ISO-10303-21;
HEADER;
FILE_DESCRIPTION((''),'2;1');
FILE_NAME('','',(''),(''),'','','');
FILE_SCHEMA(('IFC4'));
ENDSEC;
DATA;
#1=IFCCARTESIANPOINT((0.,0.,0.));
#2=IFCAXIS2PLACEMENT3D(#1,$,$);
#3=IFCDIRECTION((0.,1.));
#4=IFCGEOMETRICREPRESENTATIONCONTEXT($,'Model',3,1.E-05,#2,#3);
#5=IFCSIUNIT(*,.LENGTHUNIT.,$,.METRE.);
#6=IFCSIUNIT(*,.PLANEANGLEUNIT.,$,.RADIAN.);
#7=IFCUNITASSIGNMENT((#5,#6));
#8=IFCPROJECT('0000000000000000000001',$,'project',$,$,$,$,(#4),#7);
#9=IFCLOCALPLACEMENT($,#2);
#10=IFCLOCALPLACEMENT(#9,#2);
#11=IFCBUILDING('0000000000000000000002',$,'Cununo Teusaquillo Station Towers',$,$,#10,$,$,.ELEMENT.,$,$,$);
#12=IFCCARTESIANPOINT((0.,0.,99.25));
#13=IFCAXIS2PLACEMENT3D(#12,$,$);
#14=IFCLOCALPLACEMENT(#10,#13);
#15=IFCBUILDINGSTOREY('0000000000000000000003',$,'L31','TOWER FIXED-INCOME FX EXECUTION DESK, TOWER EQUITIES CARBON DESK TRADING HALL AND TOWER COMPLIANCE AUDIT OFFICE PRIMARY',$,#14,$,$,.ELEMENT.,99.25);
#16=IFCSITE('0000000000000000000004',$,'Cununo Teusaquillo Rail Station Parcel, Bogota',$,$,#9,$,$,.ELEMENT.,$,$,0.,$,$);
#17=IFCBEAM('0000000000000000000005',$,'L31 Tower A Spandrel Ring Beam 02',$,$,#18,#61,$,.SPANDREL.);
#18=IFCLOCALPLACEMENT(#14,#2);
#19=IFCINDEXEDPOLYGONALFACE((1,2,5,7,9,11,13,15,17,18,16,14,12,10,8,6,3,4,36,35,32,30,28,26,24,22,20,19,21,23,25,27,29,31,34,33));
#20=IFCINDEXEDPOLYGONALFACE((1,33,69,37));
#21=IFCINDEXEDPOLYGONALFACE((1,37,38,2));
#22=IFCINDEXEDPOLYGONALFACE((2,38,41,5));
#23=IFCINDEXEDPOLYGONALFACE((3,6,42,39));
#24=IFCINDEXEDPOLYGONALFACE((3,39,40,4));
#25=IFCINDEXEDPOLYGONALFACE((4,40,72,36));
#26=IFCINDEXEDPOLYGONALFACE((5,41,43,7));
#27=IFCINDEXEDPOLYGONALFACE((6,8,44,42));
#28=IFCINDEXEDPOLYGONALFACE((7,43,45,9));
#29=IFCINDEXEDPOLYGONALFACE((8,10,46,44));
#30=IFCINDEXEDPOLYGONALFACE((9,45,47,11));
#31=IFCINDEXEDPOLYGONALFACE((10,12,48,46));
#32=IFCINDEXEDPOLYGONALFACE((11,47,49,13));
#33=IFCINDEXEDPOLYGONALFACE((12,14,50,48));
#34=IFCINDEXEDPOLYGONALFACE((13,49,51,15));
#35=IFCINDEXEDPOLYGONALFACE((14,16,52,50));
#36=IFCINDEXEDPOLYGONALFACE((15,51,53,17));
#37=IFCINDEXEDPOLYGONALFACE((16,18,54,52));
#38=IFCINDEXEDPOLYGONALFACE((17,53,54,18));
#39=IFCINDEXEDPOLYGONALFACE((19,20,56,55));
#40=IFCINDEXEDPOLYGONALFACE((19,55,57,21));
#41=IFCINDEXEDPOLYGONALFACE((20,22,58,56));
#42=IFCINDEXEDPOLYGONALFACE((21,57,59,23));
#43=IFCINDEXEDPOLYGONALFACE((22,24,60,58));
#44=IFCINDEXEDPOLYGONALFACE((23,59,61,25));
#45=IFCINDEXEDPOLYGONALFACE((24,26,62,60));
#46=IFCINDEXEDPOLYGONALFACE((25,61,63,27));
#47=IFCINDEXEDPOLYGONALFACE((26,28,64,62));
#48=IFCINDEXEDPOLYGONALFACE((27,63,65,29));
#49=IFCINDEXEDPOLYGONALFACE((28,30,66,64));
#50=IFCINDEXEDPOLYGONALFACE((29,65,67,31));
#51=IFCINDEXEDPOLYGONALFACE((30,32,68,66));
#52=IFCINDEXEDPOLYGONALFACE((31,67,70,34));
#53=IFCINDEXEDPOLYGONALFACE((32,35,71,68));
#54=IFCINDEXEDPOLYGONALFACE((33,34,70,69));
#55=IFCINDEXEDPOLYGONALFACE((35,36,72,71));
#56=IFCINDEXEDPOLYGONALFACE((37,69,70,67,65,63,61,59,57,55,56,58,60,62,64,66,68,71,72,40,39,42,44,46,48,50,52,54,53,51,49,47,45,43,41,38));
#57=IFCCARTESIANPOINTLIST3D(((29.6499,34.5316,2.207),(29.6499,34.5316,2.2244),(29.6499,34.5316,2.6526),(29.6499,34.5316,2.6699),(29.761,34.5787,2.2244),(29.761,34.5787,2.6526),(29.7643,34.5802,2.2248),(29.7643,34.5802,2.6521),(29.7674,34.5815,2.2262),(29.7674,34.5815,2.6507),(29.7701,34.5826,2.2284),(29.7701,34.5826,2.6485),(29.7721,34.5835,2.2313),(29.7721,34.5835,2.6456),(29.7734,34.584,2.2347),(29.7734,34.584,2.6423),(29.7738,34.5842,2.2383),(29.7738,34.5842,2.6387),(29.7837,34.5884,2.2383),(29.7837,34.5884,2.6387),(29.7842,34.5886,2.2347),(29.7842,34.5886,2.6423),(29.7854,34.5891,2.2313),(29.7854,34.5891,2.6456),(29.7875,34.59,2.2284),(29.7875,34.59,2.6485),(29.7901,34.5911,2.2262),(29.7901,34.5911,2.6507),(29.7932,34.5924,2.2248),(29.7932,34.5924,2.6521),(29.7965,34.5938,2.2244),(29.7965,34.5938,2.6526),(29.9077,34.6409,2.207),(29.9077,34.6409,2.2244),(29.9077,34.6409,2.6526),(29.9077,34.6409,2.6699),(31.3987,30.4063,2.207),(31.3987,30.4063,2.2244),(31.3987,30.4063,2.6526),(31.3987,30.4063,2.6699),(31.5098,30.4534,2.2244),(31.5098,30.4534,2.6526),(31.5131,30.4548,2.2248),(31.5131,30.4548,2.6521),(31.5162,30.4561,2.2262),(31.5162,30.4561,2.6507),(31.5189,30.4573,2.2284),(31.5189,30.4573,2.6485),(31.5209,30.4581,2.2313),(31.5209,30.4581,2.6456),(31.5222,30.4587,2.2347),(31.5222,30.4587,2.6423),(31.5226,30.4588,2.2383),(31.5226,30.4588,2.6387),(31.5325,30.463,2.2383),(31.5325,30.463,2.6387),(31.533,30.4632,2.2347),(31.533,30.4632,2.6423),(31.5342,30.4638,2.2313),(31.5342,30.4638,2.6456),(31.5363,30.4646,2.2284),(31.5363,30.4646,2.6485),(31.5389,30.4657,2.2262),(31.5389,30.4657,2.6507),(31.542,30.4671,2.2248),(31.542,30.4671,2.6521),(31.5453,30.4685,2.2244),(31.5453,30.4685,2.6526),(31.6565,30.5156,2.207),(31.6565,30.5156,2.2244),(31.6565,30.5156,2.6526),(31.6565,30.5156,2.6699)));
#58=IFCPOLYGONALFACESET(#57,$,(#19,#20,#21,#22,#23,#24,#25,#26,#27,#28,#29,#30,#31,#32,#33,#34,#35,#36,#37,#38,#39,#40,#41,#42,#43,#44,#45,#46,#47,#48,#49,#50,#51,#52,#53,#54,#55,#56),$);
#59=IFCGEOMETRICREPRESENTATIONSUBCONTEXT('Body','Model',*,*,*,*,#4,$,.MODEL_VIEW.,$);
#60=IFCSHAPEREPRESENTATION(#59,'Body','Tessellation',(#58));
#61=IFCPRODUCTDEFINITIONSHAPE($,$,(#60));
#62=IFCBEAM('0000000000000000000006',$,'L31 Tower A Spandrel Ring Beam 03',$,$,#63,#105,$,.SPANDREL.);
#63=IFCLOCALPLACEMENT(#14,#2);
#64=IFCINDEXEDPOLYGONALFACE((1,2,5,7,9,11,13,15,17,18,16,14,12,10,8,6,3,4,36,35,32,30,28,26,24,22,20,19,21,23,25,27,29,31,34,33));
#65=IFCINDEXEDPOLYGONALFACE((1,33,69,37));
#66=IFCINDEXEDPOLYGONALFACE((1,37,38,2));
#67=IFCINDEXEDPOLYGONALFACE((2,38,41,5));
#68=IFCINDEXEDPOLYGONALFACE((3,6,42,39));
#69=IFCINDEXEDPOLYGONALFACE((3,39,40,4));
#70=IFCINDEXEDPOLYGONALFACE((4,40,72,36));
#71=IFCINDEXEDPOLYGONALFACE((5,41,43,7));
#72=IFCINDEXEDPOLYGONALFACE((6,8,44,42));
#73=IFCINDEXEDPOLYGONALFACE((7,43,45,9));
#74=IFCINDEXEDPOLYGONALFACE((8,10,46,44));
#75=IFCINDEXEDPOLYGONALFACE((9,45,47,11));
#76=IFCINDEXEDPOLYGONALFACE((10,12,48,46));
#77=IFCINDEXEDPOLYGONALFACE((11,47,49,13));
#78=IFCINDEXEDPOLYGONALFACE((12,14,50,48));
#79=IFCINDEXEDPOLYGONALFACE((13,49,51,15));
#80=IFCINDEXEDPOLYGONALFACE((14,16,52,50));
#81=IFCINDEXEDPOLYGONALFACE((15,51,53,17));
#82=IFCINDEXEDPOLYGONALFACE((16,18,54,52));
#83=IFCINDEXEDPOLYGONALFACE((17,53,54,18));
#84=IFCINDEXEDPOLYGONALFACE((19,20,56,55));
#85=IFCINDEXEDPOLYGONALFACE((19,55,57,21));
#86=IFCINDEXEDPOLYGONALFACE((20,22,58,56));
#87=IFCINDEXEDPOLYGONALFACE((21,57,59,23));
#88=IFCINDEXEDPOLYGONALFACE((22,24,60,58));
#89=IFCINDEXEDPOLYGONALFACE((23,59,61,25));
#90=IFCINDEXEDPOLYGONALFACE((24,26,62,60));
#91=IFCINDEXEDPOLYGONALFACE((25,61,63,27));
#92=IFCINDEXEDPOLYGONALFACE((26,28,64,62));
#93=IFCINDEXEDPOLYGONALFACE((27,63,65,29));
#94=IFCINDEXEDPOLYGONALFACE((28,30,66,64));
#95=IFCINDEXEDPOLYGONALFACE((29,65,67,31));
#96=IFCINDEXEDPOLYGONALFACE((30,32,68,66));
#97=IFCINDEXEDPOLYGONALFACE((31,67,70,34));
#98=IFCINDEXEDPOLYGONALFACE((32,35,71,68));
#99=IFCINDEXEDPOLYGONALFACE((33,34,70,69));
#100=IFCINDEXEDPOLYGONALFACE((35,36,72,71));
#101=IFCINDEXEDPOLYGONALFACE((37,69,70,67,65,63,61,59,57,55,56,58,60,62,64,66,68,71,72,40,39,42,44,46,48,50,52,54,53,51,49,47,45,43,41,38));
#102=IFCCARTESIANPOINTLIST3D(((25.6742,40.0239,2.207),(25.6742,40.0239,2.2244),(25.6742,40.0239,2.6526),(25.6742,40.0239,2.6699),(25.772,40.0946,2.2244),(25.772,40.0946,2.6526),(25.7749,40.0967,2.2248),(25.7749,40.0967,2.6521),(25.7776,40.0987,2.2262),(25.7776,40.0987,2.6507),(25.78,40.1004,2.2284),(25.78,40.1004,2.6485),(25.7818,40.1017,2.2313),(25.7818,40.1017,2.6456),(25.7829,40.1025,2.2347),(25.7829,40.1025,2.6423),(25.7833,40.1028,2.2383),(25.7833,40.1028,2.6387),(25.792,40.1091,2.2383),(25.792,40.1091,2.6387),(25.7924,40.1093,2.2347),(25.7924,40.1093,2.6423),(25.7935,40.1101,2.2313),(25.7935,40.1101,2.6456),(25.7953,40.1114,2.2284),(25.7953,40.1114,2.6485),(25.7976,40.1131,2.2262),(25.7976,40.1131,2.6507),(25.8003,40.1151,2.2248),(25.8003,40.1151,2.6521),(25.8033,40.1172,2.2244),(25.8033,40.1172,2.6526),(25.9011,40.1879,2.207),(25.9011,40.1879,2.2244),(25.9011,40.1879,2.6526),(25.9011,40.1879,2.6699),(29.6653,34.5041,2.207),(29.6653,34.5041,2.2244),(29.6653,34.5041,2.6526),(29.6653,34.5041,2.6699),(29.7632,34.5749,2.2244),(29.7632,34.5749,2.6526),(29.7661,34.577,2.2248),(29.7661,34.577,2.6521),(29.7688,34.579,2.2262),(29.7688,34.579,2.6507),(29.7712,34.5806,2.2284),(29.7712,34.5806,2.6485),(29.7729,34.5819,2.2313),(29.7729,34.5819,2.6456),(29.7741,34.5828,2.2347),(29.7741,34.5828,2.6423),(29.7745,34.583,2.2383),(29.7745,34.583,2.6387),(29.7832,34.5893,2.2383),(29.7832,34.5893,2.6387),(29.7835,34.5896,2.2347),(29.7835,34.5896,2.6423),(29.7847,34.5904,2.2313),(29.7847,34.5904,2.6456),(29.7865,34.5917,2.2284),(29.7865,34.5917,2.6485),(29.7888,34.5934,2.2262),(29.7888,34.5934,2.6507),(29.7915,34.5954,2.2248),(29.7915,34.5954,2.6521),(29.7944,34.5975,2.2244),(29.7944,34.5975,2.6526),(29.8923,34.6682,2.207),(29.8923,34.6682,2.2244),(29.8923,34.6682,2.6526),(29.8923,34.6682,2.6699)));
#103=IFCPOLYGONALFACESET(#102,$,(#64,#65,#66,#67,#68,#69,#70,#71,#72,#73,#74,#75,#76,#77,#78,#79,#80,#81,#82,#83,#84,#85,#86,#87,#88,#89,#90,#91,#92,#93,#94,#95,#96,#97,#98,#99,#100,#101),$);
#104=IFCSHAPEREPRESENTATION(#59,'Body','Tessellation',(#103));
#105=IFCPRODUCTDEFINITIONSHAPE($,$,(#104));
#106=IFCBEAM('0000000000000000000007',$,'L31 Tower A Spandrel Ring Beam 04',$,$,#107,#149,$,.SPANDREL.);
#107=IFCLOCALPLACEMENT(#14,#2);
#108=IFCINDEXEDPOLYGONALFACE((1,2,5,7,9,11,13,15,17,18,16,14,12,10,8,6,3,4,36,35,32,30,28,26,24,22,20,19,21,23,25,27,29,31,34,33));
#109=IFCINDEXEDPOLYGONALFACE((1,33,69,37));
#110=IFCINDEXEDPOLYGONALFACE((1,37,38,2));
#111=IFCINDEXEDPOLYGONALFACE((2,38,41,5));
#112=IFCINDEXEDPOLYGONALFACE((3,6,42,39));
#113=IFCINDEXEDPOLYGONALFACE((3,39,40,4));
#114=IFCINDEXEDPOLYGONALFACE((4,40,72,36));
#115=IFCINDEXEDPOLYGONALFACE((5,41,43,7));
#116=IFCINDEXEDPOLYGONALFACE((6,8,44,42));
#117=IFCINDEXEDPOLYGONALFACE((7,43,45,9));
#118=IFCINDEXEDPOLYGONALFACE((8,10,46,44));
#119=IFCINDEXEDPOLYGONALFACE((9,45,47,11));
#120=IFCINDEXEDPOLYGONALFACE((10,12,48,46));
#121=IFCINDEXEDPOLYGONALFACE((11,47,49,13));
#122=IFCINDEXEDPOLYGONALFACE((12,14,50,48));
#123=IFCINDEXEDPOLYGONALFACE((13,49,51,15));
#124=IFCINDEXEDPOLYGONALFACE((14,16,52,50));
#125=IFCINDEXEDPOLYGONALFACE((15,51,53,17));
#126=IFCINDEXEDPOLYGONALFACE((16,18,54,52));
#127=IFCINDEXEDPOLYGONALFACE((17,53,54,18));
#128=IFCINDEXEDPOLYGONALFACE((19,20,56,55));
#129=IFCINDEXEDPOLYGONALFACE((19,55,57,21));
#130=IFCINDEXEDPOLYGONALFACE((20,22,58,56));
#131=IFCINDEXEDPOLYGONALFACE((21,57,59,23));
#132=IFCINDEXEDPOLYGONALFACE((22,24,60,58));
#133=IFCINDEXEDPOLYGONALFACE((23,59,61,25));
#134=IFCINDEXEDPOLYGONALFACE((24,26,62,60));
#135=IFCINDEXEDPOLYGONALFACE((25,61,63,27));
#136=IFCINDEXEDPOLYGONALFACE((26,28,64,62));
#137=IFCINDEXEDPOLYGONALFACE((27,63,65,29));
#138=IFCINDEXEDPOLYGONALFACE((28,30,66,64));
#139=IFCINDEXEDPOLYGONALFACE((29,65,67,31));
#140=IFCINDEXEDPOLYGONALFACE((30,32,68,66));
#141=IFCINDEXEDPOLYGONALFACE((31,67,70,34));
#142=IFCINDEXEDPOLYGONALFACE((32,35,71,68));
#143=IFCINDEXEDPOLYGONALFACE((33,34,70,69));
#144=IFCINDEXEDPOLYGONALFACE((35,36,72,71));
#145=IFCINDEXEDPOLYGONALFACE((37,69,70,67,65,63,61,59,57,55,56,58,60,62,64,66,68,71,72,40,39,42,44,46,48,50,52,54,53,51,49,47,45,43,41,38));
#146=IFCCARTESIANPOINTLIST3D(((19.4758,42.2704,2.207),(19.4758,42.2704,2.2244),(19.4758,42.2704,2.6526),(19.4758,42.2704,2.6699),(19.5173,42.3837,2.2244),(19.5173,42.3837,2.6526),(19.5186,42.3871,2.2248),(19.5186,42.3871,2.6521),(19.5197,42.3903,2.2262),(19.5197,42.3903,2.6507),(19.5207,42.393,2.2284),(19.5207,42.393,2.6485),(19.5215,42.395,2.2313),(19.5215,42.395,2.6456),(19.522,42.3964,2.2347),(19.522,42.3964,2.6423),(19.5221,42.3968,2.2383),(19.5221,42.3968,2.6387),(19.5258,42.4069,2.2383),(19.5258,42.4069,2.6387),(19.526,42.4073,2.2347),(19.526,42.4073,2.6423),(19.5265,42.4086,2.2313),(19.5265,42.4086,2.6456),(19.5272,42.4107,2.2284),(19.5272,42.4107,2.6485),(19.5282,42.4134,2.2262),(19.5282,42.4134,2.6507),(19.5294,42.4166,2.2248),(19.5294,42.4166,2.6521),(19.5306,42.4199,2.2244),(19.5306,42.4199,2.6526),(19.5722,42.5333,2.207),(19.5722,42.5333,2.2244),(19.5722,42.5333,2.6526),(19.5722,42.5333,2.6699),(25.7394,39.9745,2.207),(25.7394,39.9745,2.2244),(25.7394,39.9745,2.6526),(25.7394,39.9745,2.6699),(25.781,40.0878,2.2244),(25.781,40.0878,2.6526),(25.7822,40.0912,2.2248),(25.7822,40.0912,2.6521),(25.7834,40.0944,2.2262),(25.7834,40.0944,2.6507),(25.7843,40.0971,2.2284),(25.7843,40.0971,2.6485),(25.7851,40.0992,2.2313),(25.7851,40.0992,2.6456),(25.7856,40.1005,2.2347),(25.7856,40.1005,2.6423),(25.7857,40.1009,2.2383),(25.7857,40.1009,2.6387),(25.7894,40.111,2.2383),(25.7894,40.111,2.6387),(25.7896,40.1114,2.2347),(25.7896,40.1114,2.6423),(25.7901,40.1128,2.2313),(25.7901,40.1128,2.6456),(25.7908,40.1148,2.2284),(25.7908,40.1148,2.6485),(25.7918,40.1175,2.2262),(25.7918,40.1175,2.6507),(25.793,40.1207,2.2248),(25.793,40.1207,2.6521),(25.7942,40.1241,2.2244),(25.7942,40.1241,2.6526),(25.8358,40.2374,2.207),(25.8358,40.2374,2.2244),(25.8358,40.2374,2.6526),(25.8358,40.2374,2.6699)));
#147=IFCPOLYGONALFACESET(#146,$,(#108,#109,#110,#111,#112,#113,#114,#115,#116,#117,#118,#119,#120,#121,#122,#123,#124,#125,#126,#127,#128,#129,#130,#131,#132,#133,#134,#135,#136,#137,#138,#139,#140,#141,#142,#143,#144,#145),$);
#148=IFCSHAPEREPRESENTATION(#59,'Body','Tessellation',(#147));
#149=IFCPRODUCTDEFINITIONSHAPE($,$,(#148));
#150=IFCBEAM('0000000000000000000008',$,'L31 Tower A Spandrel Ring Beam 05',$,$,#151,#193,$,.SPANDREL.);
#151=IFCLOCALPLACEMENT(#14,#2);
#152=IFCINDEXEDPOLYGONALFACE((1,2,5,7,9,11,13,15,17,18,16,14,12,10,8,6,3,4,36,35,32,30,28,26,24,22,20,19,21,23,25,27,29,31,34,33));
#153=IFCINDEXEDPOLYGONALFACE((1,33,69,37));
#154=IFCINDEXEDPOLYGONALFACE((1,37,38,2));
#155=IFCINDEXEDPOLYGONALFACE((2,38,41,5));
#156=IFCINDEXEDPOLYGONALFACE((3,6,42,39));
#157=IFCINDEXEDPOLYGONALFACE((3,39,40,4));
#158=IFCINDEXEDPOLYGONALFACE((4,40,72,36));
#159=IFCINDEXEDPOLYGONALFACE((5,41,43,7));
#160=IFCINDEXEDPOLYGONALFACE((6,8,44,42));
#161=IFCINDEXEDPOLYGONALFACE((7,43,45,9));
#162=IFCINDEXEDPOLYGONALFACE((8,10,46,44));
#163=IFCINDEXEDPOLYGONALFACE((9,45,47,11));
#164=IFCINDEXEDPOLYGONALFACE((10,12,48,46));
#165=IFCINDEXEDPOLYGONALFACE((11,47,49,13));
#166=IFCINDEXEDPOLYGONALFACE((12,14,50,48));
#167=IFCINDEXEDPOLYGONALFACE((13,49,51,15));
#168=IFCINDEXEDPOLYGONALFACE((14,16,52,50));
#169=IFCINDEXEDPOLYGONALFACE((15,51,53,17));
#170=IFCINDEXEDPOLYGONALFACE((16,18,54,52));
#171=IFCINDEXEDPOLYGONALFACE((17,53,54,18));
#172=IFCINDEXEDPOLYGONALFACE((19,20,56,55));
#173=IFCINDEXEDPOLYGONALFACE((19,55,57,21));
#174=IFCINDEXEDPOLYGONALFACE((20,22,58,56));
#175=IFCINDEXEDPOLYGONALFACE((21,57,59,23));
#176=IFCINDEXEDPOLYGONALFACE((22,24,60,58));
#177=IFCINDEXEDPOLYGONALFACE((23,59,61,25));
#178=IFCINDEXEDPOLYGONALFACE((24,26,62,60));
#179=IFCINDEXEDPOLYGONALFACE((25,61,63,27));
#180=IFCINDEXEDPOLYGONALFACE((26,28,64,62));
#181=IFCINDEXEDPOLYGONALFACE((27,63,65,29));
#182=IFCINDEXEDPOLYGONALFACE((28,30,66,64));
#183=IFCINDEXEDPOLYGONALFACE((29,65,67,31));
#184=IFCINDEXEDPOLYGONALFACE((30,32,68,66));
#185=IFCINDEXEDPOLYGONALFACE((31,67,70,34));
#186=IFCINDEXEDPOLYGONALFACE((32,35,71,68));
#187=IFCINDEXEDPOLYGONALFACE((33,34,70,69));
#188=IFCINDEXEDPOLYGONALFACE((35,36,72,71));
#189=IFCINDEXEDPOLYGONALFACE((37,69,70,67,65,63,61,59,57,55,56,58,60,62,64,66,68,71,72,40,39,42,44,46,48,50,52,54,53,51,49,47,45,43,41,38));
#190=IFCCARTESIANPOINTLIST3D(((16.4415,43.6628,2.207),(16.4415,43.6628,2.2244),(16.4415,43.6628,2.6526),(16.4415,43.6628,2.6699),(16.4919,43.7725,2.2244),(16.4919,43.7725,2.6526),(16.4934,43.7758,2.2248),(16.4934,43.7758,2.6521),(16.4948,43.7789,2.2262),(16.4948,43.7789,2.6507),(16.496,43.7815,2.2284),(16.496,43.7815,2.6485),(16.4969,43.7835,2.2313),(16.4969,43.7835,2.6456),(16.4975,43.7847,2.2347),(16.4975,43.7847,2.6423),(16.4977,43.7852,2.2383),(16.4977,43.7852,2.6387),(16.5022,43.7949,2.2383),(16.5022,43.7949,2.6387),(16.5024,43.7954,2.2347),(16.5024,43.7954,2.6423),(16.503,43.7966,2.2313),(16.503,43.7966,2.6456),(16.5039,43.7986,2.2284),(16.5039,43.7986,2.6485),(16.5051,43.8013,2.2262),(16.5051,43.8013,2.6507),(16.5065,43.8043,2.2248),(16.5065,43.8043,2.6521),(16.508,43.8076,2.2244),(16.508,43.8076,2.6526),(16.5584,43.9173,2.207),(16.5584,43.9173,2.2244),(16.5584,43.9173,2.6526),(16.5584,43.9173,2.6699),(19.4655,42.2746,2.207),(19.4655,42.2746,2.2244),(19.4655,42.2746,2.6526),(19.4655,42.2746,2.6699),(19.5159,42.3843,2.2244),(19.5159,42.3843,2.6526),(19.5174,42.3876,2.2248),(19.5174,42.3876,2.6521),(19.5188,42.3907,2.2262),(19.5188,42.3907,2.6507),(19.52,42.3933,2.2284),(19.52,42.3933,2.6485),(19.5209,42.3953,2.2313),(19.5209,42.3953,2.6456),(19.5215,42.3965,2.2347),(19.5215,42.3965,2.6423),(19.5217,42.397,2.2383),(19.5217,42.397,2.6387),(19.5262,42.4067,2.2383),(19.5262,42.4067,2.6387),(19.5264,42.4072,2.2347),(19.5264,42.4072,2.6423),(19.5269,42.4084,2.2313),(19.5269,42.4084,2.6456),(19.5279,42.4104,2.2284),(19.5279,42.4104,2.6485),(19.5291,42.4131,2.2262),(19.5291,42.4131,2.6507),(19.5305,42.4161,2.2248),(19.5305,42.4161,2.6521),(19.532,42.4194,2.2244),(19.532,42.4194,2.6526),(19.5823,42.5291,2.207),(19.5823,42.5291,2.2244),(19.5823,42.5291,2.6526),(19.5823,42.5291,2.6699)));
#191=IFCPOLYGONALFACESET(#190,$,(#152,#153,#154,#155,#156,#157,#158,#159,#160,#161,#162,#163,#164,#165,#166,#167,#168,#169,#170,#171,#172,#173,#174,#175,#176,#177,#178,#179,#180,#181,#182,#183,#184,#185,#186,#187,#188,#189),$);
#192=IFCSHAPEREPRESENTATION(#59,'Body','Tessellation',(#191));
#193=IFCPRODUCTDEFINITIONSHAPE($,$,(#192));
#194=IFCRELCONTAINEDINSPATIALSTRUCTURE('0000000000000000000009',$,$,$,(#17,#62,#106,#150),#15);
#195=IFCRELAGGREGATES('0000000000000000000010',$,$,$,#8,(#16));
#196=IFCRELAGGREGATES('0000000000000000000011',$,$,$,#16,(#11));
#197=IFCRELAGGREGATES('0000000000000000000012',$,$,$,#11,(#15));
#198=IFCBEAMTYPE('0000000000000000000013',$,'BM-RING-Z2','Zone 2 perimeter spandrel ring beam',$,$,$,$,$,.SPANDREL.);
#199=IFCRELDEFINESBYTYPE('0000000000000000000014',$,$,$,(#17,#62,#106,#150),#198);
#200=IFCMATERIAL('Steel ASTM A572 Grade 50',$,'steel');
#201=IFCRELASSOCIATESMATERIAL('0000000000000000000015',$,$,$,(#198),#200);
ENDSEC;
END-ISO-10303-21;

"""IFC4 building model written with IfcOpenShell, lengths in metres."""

from ifc_helpers import new_model, si_unit, direction, frame, origin, origin_2d, place, context, subcontext, project, spatial, i_section, extrude, material, material_profile, profile_set, type_object, element, save


model = new_model("IFC4")

# Units and contexts
model_context = context("Model", 3, precision=1e-05, world=origin(), true_north=direction((0.0, 1.0)))
body_context = subcontext(model_context, "Body", "Model", "MODEL_VIEW")
ifc_project = project(units=[si_unit("LENGTHUNIT", "METRE"), si_unit("PLANEANGLEUNIT", "RADIAN")], contexts=[model_context])

# Site, building, storey
site_placement = place(None, origin())
site = spatial("IfcSite", under=ifc_project, at=site_placement, Name="Cununo Teusaquillo Rail Station Parcel, Bogota", CompositionType="ELEMENT", RefElevation=0.0)
building_placement = place(site_placement, origin())
building = spatial("IfcBuilding", under=site, at=building_placement, Name="Cununo Teusaquillo Station Towers", CompositionType="ELEMENT")
storey_placement = place(building_placement, frame((0.0, 0.0, 99.25)))
storey = spatial("IfcBuildingStorey", under=building, at=storey_placement, Name="L31", Description="TOWER FIXED-INCOME FX EXECUTION DESK, TOWER EQUITIES CARBON DESK TRADING HALL AND TOWER COMPLIANCE AUDIT OFFICE PRIMARY", CompositionType="ELEMENT", Elevation=99.25)

# Beams
ifc_material_1 = material(Name="Steel ASTM A572 Grade 50", Category="steel")
ifc_material_profile_1 = material_profile(ifc_material_1, i_section(OverallWidth=0.28, OverallDepth=0.4629, WebThickness=0.0107, FlangeThickness=0.0173, FilletRadius=0.0139, at=origin_2d()), Name="W18X76")
ifc_profile_set_1 = profile_set([ifc_material_profile_1], Name="Steel ASTM A572 Grade 50")
beam_type_1 = type_object("IfcBeamType", Name="BM-RING-Z2", Description="Zone 2 perimeter spandrel ring beam", PredefinedType="SPANDREL", material=ifc_profile_set_1)
beam_1_placement = place(storey_placement, frame((31.5276, 30.4609, 2.4385), z_axis=(-0.390299, 0.920688, 0.0), x_axis=(-0.920688, -0.390299, 0.0)))
element("IfcBeam", 1, at=beam_1_placement, inside=storey, type_object=beam_type_1, Name="L31 Tower A Spandrel Ring Beam 02", PredefinedType="SPANDREL", context=body_context, shape_type="SweptSolid", body=[
    extrude(i_section(OverallWidth=0.28, OverallDepth=0.4629, WebThickness=0.0107, FlangeThickness=0.0173, FilletRadius=0.0139, at=origin_2d()), origin(), (0.0, 0.0, 1.0), 4.4807),
])
beam_2_placement = place(storey_placement, frame((29.7788, 34.5862, 2.4385), z_axis=(-0.585945, 0.810351, 0.0), x_axis=(-0.810351, -0.585945, 0.0)))
element("IfcBeam", 2, at=beam_2_placement, inside=storey, type_object=beam_type_1, Name="L31 Tower A Spandrel Ring Beam 03", PredefinedType="SPANDREL", context=body_context, shape_type="SweptSolid", body=[
    extrude(i_section(OverallWidth=0.28, OverallDepth=0.4629, WebThickness=0.0107, FlangeThickness=0.0173, FilletRadius=0.0139, at=origin_2d()), origin(), (0.0, 0.0, 1.0), 6.8115),
])
beam_3_placement = place(storey_placement, frame((25.7876, 40.106, 2.4385), z_axis=(-0.938914, 0.344151, 0.0), x_axis=(-0.344151, -0.938914, 0.0)))
element("IfcBeam", 3, at=beam_3_placement, inside=storey, type_object=beam_type_1, Name="L31 Tower A Spandrel Ring Beam 04", PredefinedType="SPANDREL", context=body_context, shape_type="SweptSolid", body=[
    extrude(i_section(OverallWidth=0.28, OverallDepth=0.4629, WebThickness=0.0107, FlangeThickness=0.0173, FilletRadius=0.0139, at=origin_2d()), origin(), (0.0, 0.0, 1.0), 6.6711),
])
beam_4_placement = place(storey_placement, frame((19.5239, 42.4019, 2.4385), z_axis=(-0.908812, 0.417205, 0.0), x_axis=(-0.417205, -0.908812, 0.0)))
element("IfcBeam", 4, at=beam_4_placement, inside=storey, type_object=beam_type_1, Name="L31 Tower A Spandrel Ring Beam 05", PredefinedType="SPANDREL", context=body_context, shape_type="SweptSolid", body=[
    extrude(i_section(OverallWidth=0.28, OverallDepth=0.4629, WebThickness=0.0107, FlangeThickness=0.0173, FilletRadius=0.0139, at=origin_2d()), origin(), (0.0, 0.0, 1.0), 3.3274),
])

save(model, "model.ifc")
